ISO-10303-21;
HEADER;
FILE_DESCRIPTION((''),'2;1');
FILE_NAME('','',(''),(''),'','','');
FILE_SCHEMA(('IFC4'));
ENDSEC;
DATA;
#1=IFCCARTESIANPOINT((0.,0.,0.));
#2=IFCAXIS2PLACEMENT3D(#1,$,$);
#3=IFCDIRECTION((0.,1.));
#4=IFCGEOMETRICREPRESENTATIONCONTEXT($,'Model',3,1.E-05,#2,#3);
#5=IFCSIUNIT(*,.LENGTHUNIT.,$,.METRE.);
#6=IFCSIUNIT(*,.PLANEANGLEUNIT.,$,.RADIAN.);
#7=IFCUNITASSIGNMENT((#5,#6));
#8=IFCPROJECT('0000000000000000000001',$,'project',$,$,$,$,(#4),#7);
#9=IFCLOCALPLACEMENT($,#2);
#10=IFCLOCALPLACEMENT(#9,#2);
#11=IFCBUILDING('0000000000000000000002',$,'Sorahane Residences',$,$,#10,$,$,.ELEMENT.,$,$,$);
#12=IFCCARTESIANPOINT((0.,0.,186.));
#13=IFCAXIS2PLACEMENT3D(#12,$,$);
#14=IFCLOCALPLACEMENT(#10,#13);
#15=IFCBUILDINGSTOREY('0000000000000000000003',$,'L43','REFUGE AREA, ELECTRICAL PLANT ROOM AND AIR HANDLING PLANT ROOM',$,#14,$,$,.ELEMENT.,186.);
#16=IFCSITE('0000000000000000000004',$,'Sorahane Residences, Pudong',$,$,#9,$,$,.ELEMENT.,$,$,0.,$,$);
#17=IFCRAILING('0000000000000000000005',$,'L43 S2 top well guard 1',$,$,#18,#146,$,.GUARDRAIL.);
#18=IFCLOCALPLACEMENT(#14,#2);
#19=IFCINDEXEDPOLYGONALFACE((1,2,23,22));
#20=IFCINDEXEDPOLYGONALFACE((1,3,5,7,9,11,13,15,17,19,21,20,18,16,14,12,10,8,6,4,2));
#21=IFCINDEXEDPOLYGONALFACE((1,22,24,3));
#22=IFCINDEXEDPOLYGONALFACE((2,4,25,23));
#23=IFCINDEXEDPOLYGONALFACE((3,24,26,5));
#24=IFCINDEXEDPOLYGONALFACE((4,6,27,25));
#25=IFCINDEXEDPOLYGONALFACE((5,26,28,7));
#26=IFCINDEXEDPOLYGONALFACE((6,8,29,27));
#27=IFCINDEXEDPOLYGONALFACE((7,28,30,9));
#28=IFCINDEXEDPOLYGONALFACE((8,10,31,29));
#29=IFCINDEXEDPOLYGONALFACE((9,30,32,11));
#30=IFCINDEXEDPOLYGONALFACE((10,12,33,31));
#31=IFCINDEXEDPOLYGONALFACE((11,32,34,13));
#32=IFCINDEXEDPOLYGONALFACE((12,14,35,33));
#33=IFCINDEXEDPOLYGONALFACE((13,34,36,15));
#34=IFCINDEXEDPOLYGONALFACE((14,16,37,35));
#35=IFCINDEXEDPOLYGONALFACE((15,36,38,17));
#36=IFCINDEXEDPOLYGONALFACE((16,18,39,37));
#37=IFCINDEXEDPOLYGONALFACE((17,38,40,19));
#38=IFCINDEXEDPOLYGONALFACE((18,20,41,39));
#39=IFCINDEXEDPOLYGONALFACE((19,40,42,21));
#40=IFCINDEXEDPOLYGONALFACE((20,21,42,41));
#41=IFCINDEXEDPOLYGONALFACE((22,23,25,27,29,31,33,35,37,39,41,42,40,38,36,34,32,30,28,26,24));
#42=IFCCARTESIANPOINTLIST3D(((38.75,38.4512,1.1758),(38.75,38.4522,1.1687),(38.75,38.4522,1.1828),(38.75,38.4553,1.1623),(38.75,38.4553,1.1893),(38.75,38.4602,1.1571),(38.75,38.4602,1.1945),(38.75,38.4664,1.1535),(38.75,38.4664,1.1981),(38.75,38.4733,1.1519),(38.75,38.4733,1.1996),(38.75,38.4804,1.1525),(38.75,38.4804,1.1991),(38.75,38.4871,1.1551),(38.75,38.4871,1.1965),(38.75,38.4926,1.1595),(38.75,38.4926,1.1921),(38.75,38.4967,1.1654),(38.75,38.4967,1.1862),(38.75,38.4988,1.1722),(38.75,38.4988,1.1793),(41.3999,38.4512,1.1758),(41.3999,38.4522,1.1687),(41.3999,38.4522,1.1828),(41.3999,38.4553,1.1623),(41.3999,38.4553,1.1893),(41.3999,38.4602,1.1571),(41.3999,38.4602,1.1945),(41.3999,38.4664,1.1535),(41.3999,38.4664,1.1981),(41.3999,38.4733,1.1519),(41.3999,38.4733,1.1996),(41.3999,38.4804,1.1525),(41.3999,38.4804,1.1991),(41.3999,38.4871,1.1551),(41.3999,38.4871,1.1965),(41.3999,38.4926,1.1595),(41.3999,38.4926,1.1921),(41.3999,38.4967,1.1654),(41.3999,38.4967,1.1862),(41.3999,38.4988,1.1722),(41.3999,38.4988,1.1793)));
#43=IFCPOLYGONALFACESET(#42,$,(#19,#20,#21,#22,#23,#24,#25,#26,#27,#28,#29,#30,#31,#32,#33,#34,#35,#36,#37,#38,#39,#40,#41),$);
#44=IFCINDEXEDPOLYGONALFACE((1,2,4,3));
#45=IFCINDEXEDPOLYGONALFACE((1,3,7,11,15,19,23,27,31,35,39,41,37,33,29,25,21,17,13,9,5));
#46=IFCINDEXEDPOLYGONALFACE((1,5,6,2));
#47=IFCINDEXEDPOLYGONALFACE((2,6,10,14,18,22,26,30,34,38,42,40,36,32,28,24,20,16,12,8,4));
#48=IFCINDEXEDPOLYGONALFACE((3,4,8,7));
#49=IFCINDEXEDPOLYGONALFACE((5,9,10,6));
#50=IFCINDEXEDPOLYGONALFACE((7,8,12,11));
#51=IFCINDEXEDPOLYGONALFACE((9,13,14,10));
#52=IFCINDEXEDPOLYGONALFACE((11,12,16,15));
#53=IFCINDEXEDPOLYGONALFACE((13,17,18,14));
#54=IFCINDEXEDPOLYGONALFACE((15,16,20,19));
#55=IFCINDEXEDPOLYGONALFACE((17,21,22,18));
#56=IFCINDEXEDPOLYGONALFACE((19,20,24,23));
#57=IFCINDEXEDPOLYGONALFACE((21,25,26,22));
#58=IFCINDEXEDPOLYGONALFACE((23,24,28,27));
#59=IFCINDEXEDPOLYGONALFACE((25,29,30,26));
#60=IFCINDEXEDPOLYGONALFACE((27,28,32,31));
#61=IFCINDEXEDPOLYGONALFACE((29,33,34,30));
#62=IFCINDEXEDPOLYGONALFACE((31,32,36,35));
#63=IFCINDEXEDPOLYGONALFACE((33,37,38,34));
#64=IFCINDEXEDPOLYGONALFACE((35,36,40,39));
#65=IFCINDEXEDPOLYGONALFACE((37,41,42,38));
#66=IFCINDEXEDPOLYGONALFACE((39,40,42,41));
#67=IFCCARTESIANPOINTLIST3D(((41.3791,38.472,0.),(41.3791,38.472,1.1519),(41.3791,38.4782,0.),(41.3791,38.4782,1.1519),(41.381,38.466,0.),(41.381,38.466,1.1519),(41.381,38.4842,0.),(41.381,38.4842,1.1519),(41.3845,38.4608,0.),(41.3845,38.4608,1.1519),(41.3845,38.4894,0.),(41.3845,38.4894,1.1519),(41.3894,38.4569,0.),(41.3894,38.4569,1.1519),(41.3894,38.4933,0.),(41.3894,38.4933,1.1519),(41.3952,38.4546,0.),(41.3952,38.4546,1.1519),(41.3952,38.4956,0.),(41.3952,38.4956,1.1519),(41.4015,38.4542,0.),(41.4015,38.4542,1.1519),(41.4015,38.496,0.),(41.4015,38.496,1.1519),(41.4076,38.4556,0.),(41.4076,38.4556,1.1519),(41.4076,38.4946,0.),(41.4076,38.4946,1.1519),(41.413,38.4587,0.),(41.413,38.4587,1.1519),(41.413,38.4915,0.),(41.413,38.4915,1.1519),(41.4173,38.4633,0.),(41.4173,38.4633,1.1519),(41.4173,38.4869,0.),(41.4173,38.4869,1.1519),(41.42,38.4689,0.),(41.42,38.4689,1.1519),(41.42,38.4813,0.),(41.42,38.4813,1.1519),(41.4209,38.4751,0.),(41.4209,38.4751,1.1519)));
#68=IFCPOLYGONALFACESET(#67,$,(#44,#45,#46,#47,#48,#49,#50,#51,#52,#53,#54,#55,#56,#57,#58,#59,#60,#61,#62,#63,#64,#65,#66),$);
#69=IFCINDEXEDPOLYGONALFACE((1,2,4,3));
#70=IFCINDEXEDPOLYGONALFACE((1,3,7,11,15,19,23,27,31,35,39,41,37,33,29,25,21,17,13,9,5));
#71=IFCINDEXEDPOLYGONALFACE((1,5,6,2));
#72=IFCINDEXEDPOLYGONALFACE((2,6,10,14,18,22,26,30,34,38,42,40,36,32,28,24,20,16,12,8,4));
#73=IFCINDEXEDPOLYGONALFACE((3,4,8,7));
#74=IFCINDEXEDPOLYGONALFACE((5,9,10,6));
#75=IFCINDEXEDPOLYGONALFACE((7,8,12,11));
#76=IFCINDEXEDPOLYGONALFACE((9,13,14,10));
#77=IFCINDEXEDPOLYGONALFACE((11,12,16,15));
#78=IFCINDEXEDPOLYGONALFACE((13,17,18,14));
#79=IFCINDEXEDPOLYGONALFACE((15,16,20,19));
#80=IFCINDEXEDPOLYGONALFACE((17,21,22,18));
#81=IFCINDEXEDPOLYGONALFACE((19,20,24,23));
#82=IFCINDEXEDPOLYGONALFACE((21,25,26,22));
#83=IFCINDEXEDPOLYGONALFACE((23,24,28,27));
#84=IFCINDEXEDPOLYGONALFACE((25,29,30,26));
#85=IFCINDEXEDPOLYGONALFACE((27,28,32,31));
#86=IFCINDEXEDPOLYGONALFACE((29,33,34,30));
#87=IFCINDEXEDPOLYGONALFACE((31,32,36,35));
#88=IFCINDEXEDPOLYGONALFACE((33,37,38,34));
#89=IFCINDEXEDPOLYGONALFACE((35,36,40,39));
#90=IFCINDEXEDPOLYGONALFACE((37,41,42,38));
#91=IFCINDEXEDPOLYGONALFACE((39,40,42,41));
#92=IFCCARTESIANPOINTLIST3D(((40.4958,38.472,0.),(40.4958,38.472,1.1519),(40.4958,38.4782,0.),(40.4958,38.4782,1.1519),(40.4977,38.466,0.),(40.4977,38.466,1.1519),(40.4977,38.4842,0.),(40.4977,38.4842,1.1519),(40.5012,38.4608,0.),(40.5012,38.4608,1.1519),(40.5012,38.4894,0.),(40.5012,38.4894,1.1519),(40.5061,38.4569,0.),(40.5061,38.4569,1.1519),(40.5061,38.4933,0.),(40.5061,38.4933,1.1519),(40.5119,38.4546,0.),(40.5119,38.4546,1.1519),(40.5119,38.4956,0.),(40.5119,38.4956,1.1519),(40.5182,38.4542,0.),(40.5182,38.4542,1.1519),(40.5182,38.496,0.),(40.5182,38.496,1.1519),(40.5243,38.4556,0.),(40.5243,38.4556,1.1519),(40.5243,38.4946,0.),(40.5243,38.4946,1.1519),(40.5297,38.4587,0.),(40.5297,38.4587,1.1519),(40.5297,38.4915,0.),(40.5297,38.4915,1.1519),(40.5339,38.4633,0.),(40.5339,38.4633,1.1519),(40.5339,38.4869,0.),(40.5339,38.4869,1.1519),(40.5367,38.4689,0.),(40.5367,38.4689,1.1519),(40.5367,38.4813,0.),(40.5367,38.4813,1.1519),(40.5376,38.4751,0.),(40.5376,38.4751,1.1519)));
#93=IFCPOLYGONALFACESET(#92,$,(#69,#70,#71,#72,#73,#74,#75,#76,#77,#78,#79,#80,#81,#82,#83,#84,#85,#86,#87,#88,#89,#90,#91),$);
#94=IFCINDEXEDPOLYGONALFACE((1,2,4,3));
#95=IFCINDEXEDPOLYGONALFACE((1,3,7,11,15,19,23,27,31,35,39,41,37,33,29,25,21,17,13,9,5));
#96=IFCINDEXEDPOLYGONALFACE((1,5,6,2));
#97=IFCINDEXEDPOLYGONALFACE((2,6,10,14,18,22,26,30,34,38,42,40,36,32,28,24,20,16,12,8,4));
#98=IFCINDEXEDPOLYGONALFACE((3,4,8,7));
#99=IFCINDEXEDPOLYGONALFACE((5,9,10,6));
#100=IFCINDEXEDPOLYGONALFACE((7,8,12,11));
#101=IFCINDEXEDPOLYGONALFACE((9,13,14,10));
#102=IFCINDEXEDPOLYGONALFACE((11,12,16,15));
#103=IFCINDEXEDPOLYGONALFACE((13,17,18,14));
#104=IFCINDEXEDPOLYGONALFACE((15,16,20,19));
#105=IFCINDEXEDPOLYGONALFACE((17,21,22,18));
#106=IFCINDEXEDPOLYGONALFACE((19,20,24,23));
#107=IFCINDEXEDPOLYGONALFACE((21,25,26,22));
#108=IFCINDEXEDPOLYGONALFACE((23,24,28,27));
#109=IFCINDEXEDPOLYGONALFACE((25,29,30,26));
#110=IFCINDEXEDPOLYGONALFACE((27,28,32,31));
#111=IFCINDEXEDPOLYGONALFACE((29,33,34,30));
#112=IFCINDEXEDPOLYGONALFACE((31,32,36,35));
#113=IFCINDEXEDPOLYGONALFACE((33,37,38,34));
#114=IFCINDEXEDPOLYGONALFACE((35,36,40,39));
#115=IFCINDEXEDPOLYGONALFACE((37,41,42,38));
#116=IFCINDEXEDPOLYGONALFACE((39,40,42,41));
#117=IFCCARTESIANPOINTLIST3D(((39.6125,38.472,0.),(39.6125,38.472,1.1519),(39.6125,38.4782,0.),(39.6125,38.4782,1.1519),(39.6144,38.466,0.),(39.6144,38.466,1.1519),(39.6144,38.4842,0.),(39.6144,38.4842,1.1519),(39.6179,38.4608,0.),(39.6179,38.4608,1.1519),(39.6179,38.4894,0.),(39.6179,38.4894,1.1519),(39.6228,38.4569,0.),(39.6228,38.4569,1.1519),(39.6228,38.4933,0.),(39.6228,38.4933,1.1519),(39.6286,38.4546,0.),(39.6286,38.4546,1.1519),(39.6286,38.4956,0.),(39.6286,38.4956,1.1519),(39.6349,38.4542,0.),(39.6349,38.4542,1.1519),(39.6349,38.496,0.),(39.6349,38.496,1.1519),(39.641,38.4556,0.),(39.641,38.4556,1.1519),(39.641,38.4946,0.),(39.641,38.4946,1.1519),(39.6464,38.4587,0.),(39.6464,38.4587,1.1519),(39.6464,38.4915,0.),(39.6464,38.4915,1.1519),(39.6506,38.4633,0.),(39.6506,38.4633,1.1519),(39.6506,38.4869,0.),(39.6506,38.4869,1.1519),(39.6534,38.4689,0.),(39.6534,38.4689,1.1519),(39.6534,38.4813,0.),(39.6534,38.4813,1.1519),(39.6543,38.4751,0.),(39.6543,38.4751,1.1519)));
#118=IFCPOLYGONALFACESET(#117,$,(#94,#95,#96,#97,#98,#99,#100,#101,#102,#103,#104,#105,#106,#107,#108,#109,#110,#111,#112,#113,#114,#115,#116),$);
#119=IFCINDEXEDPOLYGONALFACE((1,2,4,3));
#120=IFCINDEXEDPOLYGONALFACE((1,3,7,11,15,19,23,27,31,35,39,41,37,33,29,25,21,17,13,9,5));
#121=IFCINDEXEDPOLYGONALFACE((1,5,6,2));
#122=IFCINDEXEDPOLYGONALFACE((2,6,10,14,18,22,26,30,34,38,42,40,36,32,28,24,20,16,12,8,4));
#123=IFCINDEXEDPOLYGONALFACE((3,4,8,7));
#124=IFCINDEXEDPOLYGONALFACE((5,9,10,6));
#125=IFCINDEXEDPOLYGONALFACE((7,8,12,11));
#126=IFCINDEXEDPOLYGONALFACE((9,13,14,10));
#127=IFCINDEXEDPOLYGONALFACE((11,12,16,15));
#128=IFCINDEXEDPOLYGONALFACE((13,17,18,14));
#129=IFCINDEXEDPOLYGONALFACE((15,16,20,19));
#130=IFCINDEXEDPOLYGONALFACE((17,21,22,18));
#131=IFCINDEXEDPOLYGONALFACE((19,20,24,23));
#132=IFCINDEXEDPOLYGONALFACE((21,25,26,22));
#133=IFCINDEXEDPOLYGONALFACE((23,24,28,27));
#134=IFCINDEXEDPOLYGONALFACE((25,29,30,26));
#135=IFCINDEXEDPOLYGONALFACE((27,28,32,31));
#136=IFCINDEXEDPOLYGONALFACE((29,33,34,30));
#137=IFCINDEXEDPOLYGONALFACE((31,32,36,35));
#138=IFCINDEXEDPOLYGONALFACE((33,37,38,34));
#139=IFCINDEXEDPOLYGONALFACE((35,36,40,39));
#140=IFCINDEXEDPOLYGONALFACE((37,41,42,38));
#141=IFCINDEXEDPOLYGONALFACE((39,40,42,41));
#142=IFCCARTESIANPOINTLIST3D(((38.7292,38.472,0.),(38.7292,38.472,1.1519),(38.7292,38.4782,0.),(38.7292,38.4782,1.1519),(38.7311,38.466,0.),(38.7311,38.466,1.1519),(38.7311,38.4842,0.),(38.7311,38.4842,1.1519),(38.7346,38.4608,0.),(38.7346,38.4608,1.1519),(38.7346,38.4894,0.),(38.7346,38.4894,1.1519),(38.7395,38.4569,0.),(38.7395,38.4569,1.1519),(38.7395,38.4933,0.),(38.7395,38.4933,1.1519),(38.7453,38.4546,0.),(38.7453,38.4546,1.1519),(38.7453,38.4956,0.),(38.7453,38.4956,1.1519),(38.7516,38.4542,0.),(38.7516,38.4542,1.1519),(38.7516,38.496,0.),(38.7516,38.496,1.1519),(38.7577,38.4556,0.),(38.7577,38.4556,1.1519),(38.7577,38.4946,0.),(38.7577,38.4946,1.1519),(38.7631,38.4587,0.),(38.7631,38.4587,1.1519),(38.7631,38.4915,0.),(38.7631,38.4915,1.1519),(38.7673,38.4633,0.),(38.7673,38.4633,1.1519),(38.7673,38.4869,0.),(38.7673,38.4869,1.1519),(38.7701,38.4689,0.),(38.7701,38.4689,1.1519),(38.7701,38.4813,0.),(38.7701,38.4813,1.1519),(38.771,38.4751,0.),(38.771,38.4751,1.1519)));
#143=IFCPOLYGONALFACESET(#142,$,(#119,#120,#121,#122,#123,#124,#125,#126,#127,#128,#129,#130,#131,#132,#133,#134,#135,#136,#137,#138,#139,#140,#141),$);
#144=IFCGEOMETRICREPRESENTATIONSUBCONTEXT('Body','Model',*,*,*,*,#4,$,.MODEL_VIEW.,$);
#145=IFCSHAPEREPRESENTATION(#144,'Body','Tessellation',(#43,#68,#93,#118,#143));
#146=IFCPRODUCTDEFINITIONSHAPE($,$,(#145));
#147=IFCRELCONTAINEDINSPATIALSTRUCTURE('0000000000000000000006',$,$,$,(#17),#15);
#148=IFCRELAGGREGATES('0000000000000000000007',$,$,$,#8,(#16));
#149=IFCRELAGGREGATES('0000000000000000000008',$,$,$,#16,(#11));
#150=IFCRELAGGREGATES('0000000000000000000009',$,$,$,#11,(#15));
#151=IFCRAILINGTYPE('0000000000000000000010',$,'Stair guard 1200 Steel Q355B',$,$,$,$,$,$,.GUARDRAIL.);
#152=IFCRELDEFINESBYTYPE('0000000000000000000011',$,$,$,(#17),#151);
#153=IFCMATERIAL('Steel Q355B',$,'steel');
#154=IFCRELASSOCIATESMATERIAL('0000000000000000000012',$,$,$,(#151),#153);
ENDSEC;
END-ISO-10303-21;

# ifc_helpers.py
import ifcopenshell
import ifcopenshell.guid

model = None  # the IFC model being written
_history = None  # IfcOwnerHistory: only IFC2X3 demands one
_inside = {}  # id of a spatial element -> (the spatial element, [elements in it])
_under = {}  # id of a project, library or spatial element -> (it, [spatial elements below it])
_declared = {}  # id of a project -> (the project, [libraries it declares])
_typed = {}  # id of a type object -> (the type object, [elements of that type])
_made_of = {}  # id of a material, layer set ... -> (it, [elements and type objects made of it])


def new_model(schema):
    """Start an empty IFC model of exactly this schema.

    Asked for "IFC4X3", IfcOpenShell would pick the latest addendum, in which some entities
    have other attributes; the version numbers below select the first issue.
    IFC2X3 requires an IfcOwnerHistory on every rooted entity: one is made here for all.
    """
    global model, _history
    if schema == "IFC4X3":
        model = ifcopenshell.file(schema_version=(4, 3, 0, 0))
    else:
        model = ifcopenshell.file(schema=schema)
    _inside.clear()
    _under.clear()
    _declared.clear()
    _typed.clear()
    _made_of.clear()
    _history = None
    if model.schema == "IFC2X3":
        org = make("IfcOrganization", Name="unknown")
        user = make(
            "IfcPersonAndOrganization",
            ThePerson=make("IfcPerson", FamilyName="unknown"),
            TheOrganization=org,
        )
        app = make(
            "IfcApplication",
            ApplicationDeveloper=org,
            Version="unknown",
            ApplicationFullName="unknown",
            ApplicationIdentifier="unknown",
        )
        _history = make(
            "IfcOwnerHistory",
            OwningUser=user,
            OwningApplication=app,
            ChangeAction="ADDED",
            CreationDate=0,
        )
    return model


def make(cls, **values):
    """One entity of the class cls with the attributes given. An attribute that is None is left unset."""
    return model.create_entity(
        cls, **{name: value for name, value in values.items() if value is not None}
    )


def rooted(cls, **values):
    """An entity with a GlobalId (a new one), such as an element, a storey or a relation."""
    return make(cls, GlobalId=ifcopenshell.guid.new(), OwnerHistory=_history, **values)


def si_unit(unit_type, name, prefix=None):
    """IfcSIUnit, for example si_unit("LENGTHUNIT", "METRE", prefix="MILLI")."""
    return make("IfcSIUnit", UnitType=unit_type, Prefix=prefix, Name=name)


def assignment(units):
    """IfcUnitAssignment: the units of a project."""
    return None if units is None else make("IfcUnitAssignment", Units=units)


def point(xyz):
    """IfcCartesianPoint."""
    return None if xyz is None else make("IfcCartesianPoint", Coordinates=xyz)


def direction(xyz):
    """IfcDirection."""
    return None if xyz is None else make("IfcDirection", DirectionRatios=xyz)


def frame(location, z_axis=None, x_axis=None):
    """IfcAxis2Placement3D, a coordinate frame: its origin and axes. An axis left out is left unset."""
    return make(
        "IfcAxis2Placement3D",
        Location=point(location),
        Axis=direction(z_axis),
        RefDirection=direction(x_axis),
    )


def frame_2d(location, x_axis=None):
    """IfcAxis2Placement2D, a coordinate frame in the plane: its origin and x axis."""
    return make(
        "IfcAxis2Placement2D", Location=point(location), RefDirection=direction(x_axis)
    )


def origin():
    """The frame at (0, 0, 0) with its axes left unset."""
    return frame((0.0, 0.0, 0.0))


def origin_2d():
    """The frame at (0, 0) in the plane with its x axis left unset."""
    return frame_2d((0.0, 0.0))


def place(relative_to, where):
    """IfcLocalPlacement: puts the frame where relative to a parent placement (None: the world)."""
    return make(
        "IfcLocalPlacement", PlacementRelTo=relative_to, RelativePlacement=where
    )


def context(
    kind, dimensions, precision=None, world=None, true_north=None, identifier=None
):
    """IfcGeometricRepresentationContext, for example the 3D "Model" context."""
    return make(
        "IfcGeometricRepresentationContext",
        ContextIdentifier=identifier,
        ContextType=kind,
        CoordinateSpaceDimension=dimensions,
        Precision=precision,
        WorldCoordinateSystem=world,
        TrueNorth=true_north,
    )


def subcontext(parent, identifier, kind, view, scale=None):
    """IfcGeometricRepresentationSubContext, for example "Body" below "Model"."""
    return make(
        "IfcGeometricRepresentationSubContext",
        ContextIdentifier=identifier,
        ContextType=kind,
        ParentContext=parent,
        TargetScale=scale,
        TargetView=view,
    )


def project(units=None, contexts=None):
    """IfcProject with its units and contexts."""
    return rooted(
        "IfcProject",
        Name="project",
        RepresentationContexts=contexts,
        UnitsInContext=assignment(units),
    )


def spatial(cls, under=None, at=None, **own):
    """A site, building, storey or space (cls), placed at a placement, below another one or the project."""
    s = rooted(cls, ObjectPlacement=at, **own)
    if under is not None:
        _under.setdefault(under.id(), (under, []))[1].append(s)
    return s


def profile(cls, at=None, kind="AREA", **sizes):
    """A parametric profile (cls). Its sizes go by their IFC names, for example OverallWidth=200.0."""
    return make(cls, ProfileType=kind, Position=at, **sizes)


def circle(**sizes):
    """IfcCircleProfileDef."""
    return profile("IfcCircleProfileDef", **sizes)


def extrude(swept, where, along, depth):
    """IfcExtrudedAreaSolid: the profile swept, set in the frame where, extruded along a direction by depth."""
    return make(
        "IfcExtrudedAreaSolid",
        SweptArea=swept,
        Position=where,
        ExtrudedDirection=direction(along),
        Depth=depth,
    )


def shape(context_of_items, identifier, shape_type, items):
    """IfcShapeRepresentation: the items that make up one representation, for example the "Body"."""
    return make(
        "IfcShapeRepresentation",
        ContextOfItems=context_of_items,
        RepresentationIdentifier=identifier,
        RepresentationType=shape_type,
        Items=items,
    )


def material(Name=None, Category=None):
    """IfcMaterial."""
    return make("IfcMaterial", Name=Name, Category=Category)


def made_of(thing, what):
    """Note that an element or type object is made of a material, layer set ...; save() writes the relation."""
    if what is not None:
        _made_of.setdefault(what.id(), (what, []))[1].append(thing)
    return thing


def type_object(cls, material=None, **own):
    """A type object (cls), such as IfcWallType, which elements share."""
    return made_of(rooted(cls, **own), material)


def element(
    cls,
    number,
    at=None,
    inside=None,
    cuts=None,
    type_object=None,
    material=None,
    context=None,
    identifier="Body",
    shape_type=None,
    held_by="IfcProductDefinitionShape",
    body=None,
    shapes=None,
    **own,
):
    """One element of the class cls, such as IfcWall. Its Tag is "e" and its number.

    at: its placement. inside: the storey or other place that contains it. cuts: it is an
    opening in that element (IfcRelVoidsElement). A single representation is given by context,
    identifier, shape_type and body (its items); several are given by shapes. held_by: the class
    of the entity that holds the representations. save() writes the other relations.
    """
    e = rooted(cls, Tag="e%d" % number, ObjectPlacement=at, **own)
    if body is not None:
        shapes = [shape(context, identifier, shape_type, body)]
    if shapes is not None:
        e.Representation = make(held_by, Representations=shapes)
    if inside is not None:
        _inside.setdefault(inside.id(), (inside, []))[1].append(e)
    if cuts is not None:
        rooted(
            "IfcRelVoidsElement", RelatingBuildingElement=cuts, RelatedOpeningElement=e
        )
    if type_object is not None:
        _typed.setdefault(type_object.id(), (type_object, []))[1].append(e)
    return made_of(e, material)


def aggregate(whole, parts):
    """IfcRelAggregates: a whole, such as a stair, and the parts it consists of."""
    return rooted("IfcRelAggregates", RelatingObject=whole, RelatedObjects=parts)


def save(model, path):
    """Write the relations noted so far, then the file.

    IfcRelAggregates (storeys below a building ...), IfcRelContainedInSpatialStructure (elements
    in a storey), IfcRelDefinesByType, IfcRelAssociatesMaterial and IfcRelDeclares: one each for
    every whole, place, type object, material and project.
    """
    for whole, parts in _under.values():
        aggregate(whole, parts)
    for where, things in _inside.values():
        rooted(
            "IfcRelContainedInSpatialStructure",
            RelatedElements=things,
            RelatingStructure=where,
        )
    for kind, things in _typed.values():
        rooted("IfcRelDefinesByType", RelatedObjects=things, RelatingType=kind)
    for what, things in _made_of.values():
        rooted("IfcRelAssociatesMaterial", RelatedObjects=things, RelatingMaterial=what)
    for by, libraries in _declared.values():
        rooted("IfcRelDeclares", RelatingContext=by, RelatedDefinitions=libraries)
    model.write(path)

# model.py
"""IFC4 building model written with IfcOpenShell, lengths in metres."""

from ifc_helpers import new_model, si_unit, direction, frame, origin, origin_2d, place, context, subcontext, project, spatial, circle, extrude, material, type_object, element, save


model = new_model("IFC4")

# Units and contexts
model_context = context("Model", 3, precision=1e-05, world=origin(), true_north=direction((0.0, 1.0)))
body_context = subcontext(model_context, "Body", "Model", "MODEL_VIEW")
ifc_project = project(units=[si_unit("LENGTHUNIT", "METRE"), si_unit("PLANEANGLEUNIT", "RADIAN")], contexts=[model_context])

# Site, building, storey
site_placement = place(None, origin())
site = spatial("IfcSite", under=ifc_project, at=site_placement, Name="Sorahane Residences, Pudong", CompositionType="ELEMENT", RefElevation=0.0)
building_placement = place(site_placement, origin())
building = spatial("IfcBuilding", under=site, at=building_placement, Name="Sorahane Residences", CompositionType="ELEMENT")
storey_placement = place(building_placement, frame((0.0, 0.0, 186.0)))
storey = spatial("IfcBuildingStorey", under=building, at=storey_placement, Name="L43", Description="REFUGE AREA, ELECTRICAL PLANT ROOM AND AIR HANDLING PLANT ROOM", CompositionType="ELEMENT", Elevation=186.0)

# Railing
ifc_material_1 = material(Name="Steel Q355B", Category="steel")
railing_type = type_object("IfcRailingType", Name="Stair guard 1200 Steel Q355B", PredefinedType="GUARDRAIL", material=ifc_material_1)
railing_1_placement = place(storey_placement, frame((41.3999, 38.4751, 0.0)))
element("IfcRailing", 1, at=railing_1_placement, inside=storey, type_object=railing_type, Name="L43 S2 top well guard 1", PredefinedType="GUARDRAIL", context=body_context, shape_type="SweptSolid", body=[
    extrude(circle(Radius=0.0239, at=origin_2d()), frame((0.0, 0.0, 1.1758), z_axis=(-1.0, 0.0, 0.0), x_axis=(0.0, -1.0, 0.0)), (0.0, 0.0, 1.0), 2.6499),
    extrude(circle(Radius=0.021, at=origin_2d()), origin(), (0.0, 0.0, 1.0), 1.1519),
    extrude(circle(Radius=0.021, at=origin_2d()), frame((-0.8833, 0.0, 0.0)), (0.0, 0.0, 1.0), 1.1519),
    extrude(circle(Radius=0.021, at=origin_2d()), frame((-1.7666, 0.0, 0.0)), (0.0, 0.0, 1.0), 1.1519),
    extrude(circle(Radius=0.021, at=origin_2d()), frame((-2.6499, 0.0, 0.0)), (0.0, 0.0, 1.0), 1.1519),
])

save(model, "model.ifc")
